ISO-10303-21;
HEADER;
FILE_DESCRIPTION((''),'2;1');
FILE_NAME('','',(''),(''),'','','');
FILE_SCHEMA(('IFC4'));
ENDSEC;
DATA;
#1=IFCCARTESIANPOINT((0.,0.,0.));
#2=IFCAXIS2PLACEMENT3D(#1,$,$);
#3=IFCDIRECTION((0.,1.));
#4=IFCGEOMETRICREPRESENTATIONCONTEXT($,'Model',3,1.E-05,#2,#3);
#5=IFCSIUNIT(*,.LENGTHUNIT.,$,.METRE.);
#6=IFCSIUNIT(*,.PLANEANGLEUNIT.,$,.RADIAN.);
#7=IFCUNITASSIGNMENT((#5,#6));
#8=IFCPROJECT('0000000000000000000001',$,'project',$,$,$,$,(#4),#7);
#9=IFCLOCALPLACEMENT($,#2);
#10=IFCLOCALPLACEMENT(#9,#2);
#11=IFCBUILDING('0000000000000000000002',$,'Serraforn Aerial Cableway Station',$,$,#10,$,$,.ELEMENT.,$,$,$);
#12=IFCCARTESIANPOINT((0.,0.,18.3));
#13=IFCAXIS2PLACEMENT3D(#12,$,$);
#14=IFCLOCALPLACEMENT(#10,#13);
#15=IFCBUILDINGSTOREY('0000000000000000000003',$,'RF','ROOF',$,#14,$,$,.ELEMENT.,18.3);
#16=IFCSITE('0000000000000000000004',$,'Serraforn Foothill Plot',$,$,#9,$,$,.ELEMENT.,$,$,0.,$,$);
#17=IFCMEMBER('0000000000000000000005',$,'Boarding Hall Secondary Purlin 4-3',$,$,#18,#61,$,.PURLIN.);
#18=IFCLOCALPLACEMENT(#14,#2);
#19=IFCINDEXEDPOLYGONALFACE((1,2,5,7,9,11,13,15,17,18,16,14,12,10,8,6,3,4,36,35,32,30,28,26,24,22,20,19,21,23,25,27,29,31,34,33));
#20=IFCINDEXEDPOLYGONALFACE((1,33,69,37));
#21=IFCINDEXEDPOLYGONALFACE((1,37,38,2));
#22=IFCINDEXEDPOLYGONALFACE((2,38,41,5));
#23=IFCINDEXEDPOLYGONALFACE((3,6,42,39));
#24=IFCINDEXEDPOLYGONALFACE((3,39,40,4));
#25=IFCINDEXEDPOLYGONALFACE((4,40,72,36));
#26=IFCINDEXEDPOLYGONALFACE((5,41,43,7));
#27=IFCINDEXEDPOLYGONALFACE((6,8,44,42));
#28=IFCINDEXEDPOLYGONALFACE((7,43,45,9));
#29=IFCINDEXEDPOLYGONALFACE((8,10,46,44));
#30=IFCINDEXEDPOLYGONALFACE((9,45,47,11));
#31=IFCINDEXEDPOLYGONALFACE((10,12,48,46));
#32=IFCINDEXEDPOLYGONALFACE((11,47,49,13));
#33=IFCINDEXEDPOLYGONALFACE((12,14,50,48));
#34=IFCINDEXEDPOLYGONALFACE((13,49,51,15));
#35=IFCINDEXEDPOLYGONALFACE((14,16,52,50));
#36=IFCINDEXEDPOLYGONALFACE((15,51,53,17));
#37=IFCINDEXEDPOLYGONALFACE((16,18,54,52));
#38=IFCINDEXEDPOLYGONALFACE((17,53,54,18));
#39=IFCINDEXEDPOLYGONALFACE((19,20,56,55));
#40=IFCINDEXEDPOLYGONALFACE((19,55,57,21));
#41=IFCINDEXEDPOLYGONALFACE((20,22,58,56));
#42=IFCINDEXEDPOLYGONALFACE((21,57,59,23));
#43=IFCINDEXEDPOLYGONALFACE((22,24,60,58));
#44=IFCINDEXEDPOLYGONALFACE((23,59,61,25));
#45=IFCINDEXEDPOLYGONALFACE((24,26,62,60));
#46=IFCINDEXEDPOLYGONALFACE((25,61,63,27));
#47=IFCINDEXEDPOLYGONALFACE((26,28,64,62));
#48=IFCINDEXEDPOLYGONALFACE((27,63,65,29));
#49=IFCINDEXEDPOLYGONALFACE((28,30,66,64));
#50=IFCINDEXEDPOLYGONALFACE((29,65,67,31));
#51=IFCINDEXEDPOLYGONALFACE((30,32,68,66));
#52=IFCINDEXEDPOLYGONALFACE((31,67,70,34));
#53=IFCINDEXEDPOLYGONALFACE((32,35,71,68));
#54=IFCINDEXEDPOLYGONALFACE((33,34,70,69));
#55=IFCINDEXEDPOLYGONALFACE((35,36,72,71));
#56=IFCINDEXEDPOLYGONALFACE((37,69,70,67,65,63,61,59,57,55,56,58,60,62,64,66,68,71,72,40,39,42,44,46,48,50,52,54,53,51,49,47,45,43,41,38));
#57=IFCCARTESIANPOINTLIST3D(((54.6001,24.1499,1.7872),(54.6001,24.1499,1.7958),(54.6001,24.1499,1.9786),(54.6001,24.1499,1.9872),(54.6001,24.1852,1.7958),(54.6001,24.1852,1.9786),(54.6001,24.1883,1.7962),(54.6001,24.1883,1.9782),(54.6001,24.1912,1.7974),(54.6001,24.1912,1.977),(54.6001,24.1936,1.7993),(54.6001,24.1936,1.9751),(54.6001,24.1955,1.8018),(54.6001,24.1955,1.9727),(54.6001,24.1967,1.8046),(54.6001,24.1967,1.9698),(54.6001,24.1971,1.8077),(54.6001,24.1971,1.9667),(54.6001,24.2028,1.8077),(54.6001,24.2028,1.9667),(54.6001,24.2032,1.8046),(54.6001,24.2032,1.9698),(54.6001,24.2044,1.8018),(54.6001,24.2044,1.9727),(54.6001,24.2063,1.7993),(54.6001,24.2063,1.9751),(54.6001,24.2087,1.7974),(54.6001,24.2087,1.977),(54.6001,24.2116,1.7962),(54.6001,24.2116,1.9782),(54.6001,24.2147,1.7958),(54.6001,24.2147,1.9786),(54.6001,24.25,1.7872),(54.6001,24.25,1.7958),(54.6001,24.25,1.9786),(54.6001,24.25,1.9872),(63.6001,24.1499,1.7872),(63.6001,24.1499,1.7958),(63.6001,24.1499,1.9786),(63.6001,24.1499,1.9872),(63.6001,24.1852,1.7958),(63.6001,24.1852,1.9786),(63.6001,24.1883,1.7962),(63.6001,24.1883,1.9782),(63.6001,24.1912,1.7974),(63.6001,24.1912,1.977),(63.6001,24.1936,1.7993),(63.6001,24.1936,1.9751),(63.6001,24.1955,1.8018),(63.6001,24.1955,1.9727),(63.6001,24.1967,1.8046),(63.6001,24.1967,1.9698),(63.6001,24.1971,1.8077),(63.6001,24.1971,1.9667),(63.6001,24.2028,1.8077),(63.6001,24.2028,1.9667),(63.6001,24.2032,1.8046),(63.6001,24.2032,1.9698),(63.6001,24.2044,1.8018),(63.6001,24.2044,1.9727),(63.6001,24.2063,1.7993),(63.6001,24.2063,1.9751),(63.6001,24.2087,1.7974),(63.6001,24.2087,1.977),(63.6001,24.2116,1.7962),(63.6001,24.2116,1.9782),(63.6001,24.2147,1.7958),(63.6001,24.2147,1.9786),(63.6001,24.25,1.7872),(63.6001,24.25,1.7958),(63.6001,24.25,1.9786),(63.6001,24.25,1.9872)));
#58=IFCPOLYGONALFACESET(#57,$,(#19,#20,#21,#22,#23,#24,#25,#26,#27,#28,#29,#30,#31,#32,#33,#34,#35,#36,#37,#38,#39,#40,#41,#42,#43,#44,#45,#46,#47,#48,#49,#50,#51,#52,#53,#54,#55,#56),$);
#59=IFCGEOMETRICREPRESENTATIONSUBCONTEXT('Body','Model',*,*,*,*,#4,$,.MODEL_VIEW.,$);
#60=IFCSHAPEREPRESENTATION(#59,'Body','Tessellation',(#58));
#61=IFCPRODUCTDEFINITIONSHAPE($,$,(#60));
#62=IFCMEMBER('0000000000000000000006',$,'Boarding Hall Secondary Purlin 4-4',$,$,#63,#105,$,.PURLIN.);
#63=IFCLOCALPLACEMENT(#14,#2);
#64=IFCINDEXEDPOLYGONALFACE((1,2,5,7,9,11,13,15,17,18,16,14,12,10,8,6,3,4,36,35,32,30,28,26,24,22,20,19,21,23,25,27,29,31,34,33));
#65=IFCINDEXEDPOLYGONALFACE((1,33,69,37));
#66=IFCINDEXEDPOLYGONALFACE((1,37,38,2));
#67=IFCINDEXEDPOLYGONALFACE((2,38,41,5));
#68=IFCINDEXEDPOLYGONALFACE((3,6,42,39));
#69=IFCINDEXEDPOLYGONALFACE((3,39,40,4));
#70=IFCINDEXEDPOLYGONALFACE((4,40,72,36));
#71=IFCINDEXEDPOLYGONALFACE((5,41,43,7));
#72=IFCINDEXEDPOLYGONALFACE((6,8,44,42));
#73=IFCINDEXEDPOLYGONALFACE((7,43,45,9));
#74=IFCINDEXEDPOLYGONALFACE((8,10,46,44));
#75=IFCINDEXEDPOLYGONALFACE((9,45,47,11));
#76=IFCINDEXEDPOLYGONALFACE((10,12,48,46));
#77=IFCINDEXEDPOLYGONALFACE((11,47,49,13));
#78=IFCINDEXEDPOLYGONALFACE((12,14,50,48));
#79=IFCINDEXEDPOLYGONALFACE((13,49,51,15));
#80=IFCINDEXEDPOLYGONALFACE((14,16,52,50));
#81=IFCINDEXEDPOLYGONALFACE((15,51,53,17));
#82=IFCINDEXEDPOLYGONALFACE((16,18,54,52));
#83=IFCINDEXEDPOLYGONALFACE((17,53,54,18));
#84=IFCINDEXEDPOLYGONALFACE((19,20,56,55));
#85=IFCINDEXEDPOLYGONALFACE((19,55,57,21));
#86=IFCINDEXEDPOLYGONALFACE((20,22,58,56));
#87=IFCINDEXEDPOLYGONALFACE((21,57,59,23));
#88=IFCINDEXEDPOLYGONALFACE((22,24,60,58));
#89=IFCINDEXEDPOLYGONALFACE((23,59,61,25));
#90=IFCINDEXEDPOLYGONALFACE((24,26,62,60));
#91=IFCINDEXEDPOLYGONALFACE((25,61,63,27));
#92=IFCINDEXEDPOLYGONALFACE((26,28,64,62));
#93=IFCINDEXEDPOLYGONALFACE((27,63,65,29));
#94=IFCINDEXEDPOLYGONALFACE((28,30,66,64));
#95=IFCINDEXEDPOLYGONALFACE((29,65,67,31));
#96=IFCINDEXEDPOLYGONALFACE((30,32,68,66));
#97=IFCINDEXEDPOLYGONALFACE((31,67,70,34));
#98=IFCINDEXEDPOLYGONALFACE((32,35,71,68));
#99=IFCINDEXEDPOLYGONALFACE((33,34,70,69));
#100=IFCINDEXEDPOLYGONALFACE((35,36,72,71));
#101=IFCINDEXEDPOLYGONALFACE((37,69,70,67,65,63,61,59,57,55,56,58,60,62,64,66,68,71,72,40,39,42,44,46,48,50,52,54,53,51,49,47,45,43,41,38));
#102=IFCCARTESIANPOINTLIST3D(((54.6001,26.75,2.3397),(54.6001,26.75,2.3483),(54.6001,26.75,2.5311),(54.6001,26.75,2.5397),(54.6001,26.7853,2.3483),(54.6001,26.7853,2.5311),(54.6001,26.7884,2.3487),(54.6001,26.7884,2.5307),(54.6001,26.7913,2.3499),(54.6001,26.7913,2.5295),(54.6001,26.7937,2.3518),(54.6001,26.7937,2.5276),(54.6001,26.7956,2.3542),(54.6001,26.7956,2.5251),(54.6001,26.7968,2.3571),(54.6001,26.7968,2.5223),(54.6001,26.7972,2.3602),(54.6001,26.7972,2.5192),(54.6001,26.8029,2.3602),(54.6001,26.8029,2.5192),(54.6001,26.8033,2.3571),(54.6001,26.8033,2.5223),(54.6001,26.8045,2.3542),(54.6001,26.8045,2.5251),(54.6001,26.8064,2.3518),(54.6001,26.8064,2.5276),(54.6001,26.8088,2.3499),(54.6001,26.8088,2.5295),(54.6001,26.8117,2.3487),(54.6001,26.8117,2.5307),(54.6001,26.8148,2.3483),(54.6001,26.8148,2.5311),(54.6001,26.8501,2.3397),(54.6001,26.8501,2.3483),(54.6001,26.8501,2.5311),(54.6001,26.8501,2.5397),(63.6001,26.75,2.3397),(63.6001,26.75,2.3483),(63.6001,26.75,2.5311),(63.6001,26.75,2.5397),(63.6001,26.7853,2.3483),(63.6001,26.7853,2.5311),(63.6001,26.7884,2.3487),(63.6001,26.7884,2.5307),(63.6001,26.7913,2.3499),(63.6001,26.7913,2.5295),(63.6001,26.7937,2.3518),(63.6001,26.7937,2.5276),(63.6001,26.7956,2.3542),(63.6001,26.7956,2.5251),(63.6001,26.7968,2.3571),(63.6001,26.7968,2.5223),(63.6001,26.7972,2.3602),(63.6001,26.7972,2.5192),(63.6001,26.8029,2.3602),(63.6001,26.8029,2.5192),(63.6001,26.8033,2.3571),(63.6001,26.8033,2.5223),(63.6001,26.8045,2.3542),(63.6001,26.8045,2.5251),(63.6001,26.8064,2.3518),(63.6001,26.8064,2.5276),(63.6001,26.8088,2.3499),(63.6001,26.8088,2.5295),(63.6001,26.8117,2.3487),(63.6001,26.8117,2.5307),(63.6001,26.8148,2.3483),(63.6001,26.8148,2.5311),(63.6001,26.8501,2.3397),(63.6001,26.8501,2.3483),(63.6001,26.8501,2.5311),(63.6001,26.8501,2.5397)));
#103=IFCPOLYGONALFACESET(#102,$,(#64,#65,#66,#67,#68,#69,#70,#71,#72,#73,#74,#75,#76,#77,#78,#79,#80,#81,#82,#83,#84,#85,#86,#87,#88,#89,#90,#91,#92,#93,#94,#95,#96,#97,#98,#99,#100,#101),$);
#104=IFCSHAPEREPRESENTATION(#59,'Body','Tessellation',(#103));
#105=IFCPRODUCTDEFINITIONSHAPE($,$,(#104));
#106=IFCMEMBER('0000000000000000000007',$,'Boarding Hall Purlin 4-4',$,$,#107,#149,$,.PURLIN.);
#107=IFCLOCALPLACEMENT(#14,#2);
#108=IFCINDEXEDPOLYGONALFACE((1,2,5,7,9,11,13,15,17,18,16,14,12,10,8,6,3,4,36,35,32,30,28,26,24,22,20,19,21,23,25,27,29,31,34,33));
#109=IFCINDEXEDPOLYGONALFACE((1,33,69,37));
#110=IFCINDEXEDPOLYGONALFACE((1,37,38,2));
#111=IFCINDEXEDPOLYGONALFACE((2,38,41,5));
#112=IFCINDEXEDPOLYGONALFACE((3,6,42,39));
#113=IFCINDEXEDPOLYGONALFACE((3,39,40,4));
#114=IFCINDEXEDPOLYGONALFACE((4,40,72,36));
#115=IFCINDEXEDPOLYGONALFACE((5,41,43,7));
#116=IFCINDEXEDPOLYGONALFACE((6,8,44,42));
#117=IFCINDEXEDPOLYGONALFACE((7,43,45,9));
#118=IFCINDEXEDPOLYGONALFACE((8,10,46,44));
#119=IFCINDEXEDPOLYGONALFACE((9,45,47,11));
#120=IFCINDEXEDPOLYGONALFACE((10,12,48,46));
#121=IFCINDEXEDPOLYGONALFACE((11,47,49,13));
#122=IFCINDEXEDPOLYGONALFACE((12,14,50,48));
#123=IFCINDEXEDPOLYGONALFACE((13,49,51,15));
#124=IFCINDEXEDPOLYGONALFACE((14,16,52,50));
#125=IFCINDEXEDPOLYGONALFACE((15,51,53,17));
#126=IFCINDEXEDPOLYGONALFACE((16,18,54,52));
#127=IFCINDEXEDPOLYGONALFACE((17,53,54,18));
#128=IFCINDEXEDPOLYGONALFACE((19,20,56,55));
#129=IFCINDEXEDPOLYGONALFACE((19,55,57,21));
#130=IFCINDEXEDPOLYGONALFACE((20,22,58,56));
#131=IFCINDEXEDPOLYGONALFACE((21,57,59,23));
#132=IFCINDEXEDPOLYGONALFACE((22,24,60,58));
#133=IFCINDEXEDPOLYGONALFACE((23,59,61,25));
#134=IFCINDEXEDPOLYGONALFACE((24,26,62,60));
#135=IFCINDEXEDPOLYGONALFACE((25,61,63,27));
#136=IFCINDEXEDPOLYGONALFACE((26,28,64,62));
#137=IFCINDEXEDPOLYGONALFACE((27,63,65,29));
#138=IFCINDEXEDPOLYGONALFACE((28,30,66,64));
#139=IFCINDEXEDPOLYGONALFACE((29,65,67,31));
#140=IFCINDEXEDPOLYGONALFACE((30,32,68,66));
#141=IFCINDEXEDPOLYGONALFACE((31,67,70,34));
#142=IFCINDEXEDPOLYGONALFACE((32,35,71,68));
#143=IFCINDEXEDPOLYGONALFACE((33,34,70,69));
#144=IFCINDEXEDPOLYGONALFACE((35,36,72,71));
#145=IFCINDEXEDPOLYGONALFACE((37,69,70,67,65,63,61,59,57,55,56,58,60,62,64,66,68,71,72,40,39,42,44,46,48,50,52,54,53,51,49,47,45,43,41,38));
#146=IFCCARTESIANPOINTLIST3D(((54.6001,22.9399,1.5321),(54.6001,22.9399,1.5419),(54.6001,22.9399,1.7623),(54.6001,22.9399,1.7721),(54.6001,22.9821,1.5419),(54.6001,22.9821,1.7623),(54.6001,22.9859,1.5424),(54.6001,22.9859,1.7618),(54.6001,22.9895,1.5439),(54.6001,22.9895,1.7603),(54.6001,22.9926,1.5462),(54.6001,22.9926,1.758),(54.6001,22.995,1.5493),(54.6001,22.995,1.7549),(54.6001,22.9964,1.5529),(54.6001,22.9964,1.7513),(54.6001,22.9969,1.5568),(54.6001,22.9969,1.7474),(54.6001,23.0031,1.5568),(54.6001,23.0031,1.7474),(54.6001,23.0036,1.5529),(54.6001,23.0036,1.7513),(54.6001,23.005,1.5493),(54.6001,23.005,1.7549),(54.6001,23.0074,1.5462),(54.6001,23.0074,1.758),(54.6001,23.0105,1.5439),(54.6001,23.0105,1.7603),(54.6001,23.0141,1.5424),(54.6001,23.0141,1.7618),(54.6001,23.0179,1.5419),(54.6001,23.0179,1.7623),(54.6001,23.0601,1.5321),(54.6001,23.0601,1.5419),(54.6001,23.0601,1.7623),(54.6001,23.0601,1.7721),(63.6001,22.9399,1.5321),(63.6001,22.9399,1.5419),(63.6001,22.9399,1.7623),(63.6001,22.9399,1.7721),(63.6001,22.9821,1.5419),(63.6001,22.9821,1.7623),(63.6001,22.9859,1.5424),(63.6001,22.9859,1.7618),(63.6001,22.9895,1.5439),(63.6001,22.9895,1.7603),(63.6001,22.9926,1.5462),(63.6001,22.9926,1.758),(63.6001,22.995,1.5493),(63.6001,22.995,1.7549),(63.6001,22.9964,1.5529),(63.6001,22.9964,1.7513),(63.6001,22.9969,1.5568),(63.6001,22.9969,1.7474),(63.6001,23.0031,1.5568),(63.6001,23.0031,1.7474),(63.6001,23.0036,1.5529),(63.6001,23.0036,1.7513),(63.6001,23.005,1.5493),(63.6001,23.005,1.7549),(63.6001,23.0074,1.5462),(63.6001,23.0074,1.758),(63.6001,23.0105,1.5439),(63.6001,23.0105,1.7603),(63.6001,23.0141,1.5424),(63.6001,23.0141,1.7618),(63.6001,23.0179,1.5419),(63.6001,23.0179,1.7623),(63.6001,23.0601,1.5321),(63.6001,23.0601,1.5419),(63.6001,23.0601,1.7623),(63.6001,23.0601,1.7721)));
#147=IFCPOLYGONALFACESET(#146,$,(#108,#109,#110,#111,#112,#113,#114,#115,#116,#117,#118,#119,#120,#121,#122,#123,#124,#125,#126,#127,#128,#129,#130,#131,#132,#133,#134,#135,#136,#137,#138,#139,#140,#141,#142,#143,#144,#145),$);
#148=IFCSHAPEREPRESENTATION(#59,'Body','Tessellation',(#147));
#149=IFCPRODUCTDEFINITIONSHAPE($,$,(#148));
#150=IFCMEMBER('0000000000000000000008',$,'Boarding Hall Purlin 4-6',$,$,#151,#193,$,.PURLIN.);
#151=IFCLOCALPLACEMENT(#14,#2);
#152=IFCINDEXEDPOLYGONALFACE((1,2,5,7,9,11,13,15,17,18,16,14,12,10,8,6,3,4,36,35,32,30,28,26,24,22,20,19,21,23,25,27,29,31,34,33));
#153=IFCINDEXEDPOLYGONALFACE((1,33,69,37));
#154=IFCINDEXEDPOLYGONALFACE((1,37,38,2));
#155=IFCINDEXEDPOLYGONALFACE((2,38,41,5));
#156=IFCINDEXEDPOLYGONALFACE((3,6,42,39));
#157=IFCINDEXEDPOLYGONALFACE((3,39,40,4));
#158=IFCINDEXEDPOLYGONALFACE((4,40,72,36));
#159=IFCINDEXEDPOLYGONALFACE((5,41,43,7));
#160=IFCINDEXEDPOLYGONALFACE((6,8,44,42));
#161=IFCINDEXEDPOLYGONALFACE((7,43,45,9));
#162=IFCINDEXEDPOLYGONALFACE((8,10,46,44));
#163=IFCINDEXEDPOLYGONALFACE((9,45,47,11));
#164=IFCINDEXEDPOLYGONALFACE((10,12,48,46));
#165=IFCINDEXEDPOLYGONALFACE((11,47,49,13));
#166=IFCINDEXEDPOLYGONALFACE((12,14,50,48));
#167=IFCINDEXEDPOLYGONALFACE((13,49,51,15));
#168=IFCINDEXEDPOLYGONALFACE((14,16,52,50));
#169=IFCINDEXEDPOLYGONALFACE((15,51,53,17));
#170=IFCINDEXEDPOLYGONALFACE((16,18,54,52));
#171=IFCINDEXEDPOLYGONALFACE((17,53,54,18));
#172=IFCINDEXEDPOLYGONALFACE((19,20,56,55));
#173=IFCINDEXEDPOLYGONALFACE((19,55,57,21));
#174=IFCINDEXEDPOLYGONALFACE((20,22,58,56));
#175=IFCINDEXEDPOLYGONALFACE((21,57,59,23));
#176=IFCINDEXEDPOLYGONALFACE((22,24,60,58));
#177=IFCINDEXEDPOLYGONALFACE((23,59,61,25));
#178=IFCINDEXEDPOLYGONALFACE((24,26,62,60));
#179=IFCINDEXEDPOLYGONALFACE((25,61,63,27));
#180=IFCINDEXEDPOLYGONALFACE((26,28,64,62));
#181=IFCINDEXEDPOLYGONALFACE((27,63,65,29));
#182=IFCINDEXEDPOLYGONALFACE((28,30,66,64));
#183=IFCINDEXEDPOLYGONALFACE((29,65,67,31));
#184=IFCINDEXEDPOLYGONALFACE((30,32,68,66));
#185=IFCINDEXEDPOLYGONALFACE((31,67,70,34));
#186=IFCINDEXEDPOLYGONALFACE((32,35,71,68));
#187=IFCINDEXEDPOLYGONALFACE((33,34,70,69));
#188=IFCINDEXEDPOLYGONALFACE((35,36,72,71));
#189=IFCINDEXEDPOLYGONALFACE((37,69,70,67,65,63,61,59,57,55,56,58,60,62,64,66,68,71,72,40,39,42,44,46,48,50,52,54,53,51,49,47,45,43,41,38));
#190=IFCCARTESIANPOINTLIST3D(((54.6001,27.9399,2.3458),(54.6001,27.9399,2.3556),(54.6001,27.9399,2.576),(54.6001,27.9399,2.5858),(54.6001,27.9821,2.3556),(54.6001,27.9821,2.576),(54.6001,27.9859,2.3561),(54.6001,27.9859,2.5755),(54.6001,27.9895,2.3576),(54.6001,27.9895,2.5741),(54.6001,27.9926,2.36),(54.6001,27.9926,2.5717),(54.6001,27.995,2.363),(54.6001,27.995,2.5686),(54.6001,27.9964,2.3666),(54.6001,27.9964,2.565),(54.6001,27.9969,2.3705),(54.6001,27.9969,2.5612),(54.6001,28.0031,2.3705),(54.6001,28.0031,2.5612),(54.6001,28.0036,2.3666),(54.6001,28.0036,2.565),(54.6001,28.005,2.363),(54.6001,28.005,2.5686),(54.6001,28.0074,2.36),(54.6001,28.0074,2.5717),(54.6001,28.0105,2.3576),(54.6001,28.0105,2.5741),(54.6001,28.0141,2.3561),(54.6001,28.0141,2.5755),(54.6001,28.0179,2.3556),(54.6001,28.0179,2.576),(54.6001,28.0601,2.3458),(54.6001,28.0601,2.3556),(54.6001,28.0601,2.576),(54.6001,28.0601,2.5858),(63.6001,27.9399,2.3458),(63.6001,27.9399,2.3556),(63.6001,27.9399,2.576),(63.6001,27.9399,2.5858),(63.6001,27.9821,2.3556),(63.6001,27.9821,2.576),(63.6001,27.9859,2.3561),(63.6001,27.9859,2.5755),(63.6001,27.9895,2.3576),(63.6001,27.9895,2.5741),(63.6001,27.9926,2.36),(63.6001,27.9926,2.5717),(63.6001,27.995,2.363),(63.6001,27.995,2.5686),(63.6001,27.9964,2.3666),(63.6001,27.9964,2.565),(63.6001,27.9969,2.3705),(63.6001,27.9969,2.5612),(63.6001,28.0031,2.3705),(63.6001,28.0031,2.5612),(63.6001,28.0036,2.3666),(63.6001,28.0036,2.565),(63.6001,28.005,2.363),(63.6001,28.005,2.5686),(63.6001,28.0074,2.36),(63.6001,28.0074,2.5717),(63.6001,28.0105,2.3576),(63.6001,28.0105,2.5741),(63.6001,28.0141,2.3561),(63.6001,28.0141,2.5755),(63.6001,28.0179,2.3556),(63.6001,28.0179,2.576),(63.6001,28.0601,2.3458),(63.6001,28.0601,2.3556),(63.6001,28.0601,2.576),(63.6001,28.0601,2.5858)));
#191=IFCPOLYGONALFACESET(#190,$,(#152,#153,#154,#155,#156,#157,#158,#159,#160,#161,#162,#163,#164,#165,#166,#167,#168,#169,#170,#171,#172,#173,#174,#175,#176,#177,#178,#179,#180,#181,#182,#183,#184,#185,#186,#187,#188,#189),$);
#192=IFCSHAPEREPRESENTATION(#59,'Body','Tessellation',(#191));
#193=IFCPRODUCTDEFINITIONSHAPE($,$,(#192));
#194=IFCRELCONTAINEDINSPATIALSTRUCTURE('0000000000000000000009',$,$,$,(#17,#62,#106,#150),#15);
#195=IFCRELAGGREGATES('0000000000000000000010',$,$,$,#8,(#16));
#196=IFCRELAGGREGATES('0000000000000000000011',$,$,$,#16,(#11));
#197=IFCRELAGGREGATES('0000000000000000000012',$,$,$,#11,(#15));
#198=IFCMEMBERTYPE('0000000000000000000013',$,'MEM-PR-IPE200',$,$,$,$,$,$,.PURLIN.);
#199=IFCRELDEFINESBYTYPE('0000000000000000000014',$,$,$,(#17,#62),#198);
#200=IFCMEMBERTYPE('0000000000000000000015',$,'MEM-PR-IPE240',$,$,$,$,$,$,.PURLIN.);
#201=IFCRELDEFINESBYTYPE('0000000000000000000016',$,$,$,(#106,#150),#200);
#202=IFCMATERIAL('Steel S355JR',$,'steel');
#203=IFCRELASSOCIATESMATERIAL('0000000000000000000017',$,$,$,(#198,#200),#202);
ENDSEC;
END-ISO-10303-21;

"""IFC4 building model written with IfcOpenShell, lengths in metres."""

from ifc_helpers import new_model, si_unit, direction, frame, origin, origin_2d, place, context, subcontext, project, spatial, i_section, extrude, material, material_profile, profile_set, type_object, element, save


model = new_model("IFC4")

# Units and contexts
model_context = context("Model", 3, precision=1e-05, world=origin(), true_north=direction((0.0, 1.0)))
body_context = subcontext(model_context, "Body", "Model", "MODEL_VIEW")
ifc_project = project(units=[si_unit("LENGTHUNIT", "METRE"), si_unit("PLANEANGLEUNIT", "RADIAN")], contexts=[model_context])

# Site, building, storey
site_placement = place(None, origin())
site = spatial("IfcSite", under=ifc_project, at=site_placement, Name="Serraforn Foothill Plot", CompositionType="ELEMENT", RefElevation=0.0)
building_placement = place(site_placement, origin())
building = spatial("IfcBuilding", under=site, at=building_placement, Name="Serraforn Aerial Cableway Station", CompositionType="ELEMENT")
storey_placement = place(building_placement, frame((0.0, 0.0, 18.3)))
storey = spatial("IfcBuildingStorey", under=building, at=storey_placement, Name="RF", Description="ROOF", CompositionType="ELEMENT", Elevation=18.3)

# Members
ifc_material_1 = material(Name="Steel S355JR", Category="steel")
ifc_material_profile_1 = material_profile(ifc_material_1, i_section(OverallWidth=0.1001, OverallDepth=0.2, WebThickness=0.0056, FlangeThickness=0.0085, FilletRadius=0.012, at=origin_2d()), Name="IPE 200")
ifc_profile_set_1 = profile_set([ifc_material_profile_1], Name="Steel S355JR")
member_type_1 = type_object("IfcMemberType", Name="MEM-PR-IPE200", PredefinedType="PURLIN", material=ifc_profile_set_1)
for number, where, z_axis, x_axis, name in (
    (1, (54.6001, 24.2, 1.8872), (1.0, 0.0, 0.0), (0.0, 1.0, 0.0), "Boarding Hall Secondary Purlin 4-3"),
    (2, (54.6001, 26.8, 2.4397), (1.0, 0.0, 0.0), (0.0, 1.0, 0.0), "Boarding Hall Secondary Purlin 4-4"),
):
    element("IfcMember", number, at=place(storey_placement, frame(where, z_axis=z_axis, x_axis=x_axis)), inside=storey, type_object=member_type_1, Name=name, PredefinedType="PURLIN", context=body_context, shape_type="SweptSolid", body=[
        extrude(i_section(OverallWidth=0.1001, OverallDepth=0.2, WebThickness=0.0056, FlangeThickness=0.0085, FilletRadius=0.012, at=origin_2d()), origin(), (0.0, 0.0, 1.0), 9.0),
    ])
ifc_material_profile_2 = material_profile(ifc_material_1, i_section(OverallWidth=0.1201, OverallDepth=0.24, WebThickness=0.0061, FlangeThickness=0.0098, FilletRadius=0.0149, at=origin_2d()), Name="IPE 240")
ifc_profile_set_2 = profile_set([ifc_material_profile_2], Name="Steel S355JR")
member_type_2 = type_object("IfcMemberType", Name="MEM-PR-IPE240", PredefinedType="PURLIN", material=ifc_profile_set_2)
for number, where, z_axis, x_axis, name in (
    (3, (54.6001, 23.0, 1.6521), (1.0, 0.0, 0.0), (0.0, 1.0, 0.0), "Boarding Hall Purlin 4-4"),
    (4, (54.6001, 28.0, 2.4658), (1.0, 0.0, 0.0), (0.0, 1.0, 0.0), "Boarding Hall Purlin 4-6"),
):
    element("IfcMember", number, at=place(storey_placement, frame(where, z_axis=z_axis, x_axis=x_axis)), inside=storey, type_object=member_type_2, Name=name, PredefinedType="PURLIN", context=body_context, shape_type="SweptSolid", body=[
        extrude(i_section(OverallWidth=0.1201, OverallDepth=0.24, WebThickness=0.0061, FlangeThickness=0.0098, FilletRadius=0.0149, at=origin_2d()), origin(), (0.0, 0.0, 1.0), 9.0),
    ])

save(model, "model.ifc")
